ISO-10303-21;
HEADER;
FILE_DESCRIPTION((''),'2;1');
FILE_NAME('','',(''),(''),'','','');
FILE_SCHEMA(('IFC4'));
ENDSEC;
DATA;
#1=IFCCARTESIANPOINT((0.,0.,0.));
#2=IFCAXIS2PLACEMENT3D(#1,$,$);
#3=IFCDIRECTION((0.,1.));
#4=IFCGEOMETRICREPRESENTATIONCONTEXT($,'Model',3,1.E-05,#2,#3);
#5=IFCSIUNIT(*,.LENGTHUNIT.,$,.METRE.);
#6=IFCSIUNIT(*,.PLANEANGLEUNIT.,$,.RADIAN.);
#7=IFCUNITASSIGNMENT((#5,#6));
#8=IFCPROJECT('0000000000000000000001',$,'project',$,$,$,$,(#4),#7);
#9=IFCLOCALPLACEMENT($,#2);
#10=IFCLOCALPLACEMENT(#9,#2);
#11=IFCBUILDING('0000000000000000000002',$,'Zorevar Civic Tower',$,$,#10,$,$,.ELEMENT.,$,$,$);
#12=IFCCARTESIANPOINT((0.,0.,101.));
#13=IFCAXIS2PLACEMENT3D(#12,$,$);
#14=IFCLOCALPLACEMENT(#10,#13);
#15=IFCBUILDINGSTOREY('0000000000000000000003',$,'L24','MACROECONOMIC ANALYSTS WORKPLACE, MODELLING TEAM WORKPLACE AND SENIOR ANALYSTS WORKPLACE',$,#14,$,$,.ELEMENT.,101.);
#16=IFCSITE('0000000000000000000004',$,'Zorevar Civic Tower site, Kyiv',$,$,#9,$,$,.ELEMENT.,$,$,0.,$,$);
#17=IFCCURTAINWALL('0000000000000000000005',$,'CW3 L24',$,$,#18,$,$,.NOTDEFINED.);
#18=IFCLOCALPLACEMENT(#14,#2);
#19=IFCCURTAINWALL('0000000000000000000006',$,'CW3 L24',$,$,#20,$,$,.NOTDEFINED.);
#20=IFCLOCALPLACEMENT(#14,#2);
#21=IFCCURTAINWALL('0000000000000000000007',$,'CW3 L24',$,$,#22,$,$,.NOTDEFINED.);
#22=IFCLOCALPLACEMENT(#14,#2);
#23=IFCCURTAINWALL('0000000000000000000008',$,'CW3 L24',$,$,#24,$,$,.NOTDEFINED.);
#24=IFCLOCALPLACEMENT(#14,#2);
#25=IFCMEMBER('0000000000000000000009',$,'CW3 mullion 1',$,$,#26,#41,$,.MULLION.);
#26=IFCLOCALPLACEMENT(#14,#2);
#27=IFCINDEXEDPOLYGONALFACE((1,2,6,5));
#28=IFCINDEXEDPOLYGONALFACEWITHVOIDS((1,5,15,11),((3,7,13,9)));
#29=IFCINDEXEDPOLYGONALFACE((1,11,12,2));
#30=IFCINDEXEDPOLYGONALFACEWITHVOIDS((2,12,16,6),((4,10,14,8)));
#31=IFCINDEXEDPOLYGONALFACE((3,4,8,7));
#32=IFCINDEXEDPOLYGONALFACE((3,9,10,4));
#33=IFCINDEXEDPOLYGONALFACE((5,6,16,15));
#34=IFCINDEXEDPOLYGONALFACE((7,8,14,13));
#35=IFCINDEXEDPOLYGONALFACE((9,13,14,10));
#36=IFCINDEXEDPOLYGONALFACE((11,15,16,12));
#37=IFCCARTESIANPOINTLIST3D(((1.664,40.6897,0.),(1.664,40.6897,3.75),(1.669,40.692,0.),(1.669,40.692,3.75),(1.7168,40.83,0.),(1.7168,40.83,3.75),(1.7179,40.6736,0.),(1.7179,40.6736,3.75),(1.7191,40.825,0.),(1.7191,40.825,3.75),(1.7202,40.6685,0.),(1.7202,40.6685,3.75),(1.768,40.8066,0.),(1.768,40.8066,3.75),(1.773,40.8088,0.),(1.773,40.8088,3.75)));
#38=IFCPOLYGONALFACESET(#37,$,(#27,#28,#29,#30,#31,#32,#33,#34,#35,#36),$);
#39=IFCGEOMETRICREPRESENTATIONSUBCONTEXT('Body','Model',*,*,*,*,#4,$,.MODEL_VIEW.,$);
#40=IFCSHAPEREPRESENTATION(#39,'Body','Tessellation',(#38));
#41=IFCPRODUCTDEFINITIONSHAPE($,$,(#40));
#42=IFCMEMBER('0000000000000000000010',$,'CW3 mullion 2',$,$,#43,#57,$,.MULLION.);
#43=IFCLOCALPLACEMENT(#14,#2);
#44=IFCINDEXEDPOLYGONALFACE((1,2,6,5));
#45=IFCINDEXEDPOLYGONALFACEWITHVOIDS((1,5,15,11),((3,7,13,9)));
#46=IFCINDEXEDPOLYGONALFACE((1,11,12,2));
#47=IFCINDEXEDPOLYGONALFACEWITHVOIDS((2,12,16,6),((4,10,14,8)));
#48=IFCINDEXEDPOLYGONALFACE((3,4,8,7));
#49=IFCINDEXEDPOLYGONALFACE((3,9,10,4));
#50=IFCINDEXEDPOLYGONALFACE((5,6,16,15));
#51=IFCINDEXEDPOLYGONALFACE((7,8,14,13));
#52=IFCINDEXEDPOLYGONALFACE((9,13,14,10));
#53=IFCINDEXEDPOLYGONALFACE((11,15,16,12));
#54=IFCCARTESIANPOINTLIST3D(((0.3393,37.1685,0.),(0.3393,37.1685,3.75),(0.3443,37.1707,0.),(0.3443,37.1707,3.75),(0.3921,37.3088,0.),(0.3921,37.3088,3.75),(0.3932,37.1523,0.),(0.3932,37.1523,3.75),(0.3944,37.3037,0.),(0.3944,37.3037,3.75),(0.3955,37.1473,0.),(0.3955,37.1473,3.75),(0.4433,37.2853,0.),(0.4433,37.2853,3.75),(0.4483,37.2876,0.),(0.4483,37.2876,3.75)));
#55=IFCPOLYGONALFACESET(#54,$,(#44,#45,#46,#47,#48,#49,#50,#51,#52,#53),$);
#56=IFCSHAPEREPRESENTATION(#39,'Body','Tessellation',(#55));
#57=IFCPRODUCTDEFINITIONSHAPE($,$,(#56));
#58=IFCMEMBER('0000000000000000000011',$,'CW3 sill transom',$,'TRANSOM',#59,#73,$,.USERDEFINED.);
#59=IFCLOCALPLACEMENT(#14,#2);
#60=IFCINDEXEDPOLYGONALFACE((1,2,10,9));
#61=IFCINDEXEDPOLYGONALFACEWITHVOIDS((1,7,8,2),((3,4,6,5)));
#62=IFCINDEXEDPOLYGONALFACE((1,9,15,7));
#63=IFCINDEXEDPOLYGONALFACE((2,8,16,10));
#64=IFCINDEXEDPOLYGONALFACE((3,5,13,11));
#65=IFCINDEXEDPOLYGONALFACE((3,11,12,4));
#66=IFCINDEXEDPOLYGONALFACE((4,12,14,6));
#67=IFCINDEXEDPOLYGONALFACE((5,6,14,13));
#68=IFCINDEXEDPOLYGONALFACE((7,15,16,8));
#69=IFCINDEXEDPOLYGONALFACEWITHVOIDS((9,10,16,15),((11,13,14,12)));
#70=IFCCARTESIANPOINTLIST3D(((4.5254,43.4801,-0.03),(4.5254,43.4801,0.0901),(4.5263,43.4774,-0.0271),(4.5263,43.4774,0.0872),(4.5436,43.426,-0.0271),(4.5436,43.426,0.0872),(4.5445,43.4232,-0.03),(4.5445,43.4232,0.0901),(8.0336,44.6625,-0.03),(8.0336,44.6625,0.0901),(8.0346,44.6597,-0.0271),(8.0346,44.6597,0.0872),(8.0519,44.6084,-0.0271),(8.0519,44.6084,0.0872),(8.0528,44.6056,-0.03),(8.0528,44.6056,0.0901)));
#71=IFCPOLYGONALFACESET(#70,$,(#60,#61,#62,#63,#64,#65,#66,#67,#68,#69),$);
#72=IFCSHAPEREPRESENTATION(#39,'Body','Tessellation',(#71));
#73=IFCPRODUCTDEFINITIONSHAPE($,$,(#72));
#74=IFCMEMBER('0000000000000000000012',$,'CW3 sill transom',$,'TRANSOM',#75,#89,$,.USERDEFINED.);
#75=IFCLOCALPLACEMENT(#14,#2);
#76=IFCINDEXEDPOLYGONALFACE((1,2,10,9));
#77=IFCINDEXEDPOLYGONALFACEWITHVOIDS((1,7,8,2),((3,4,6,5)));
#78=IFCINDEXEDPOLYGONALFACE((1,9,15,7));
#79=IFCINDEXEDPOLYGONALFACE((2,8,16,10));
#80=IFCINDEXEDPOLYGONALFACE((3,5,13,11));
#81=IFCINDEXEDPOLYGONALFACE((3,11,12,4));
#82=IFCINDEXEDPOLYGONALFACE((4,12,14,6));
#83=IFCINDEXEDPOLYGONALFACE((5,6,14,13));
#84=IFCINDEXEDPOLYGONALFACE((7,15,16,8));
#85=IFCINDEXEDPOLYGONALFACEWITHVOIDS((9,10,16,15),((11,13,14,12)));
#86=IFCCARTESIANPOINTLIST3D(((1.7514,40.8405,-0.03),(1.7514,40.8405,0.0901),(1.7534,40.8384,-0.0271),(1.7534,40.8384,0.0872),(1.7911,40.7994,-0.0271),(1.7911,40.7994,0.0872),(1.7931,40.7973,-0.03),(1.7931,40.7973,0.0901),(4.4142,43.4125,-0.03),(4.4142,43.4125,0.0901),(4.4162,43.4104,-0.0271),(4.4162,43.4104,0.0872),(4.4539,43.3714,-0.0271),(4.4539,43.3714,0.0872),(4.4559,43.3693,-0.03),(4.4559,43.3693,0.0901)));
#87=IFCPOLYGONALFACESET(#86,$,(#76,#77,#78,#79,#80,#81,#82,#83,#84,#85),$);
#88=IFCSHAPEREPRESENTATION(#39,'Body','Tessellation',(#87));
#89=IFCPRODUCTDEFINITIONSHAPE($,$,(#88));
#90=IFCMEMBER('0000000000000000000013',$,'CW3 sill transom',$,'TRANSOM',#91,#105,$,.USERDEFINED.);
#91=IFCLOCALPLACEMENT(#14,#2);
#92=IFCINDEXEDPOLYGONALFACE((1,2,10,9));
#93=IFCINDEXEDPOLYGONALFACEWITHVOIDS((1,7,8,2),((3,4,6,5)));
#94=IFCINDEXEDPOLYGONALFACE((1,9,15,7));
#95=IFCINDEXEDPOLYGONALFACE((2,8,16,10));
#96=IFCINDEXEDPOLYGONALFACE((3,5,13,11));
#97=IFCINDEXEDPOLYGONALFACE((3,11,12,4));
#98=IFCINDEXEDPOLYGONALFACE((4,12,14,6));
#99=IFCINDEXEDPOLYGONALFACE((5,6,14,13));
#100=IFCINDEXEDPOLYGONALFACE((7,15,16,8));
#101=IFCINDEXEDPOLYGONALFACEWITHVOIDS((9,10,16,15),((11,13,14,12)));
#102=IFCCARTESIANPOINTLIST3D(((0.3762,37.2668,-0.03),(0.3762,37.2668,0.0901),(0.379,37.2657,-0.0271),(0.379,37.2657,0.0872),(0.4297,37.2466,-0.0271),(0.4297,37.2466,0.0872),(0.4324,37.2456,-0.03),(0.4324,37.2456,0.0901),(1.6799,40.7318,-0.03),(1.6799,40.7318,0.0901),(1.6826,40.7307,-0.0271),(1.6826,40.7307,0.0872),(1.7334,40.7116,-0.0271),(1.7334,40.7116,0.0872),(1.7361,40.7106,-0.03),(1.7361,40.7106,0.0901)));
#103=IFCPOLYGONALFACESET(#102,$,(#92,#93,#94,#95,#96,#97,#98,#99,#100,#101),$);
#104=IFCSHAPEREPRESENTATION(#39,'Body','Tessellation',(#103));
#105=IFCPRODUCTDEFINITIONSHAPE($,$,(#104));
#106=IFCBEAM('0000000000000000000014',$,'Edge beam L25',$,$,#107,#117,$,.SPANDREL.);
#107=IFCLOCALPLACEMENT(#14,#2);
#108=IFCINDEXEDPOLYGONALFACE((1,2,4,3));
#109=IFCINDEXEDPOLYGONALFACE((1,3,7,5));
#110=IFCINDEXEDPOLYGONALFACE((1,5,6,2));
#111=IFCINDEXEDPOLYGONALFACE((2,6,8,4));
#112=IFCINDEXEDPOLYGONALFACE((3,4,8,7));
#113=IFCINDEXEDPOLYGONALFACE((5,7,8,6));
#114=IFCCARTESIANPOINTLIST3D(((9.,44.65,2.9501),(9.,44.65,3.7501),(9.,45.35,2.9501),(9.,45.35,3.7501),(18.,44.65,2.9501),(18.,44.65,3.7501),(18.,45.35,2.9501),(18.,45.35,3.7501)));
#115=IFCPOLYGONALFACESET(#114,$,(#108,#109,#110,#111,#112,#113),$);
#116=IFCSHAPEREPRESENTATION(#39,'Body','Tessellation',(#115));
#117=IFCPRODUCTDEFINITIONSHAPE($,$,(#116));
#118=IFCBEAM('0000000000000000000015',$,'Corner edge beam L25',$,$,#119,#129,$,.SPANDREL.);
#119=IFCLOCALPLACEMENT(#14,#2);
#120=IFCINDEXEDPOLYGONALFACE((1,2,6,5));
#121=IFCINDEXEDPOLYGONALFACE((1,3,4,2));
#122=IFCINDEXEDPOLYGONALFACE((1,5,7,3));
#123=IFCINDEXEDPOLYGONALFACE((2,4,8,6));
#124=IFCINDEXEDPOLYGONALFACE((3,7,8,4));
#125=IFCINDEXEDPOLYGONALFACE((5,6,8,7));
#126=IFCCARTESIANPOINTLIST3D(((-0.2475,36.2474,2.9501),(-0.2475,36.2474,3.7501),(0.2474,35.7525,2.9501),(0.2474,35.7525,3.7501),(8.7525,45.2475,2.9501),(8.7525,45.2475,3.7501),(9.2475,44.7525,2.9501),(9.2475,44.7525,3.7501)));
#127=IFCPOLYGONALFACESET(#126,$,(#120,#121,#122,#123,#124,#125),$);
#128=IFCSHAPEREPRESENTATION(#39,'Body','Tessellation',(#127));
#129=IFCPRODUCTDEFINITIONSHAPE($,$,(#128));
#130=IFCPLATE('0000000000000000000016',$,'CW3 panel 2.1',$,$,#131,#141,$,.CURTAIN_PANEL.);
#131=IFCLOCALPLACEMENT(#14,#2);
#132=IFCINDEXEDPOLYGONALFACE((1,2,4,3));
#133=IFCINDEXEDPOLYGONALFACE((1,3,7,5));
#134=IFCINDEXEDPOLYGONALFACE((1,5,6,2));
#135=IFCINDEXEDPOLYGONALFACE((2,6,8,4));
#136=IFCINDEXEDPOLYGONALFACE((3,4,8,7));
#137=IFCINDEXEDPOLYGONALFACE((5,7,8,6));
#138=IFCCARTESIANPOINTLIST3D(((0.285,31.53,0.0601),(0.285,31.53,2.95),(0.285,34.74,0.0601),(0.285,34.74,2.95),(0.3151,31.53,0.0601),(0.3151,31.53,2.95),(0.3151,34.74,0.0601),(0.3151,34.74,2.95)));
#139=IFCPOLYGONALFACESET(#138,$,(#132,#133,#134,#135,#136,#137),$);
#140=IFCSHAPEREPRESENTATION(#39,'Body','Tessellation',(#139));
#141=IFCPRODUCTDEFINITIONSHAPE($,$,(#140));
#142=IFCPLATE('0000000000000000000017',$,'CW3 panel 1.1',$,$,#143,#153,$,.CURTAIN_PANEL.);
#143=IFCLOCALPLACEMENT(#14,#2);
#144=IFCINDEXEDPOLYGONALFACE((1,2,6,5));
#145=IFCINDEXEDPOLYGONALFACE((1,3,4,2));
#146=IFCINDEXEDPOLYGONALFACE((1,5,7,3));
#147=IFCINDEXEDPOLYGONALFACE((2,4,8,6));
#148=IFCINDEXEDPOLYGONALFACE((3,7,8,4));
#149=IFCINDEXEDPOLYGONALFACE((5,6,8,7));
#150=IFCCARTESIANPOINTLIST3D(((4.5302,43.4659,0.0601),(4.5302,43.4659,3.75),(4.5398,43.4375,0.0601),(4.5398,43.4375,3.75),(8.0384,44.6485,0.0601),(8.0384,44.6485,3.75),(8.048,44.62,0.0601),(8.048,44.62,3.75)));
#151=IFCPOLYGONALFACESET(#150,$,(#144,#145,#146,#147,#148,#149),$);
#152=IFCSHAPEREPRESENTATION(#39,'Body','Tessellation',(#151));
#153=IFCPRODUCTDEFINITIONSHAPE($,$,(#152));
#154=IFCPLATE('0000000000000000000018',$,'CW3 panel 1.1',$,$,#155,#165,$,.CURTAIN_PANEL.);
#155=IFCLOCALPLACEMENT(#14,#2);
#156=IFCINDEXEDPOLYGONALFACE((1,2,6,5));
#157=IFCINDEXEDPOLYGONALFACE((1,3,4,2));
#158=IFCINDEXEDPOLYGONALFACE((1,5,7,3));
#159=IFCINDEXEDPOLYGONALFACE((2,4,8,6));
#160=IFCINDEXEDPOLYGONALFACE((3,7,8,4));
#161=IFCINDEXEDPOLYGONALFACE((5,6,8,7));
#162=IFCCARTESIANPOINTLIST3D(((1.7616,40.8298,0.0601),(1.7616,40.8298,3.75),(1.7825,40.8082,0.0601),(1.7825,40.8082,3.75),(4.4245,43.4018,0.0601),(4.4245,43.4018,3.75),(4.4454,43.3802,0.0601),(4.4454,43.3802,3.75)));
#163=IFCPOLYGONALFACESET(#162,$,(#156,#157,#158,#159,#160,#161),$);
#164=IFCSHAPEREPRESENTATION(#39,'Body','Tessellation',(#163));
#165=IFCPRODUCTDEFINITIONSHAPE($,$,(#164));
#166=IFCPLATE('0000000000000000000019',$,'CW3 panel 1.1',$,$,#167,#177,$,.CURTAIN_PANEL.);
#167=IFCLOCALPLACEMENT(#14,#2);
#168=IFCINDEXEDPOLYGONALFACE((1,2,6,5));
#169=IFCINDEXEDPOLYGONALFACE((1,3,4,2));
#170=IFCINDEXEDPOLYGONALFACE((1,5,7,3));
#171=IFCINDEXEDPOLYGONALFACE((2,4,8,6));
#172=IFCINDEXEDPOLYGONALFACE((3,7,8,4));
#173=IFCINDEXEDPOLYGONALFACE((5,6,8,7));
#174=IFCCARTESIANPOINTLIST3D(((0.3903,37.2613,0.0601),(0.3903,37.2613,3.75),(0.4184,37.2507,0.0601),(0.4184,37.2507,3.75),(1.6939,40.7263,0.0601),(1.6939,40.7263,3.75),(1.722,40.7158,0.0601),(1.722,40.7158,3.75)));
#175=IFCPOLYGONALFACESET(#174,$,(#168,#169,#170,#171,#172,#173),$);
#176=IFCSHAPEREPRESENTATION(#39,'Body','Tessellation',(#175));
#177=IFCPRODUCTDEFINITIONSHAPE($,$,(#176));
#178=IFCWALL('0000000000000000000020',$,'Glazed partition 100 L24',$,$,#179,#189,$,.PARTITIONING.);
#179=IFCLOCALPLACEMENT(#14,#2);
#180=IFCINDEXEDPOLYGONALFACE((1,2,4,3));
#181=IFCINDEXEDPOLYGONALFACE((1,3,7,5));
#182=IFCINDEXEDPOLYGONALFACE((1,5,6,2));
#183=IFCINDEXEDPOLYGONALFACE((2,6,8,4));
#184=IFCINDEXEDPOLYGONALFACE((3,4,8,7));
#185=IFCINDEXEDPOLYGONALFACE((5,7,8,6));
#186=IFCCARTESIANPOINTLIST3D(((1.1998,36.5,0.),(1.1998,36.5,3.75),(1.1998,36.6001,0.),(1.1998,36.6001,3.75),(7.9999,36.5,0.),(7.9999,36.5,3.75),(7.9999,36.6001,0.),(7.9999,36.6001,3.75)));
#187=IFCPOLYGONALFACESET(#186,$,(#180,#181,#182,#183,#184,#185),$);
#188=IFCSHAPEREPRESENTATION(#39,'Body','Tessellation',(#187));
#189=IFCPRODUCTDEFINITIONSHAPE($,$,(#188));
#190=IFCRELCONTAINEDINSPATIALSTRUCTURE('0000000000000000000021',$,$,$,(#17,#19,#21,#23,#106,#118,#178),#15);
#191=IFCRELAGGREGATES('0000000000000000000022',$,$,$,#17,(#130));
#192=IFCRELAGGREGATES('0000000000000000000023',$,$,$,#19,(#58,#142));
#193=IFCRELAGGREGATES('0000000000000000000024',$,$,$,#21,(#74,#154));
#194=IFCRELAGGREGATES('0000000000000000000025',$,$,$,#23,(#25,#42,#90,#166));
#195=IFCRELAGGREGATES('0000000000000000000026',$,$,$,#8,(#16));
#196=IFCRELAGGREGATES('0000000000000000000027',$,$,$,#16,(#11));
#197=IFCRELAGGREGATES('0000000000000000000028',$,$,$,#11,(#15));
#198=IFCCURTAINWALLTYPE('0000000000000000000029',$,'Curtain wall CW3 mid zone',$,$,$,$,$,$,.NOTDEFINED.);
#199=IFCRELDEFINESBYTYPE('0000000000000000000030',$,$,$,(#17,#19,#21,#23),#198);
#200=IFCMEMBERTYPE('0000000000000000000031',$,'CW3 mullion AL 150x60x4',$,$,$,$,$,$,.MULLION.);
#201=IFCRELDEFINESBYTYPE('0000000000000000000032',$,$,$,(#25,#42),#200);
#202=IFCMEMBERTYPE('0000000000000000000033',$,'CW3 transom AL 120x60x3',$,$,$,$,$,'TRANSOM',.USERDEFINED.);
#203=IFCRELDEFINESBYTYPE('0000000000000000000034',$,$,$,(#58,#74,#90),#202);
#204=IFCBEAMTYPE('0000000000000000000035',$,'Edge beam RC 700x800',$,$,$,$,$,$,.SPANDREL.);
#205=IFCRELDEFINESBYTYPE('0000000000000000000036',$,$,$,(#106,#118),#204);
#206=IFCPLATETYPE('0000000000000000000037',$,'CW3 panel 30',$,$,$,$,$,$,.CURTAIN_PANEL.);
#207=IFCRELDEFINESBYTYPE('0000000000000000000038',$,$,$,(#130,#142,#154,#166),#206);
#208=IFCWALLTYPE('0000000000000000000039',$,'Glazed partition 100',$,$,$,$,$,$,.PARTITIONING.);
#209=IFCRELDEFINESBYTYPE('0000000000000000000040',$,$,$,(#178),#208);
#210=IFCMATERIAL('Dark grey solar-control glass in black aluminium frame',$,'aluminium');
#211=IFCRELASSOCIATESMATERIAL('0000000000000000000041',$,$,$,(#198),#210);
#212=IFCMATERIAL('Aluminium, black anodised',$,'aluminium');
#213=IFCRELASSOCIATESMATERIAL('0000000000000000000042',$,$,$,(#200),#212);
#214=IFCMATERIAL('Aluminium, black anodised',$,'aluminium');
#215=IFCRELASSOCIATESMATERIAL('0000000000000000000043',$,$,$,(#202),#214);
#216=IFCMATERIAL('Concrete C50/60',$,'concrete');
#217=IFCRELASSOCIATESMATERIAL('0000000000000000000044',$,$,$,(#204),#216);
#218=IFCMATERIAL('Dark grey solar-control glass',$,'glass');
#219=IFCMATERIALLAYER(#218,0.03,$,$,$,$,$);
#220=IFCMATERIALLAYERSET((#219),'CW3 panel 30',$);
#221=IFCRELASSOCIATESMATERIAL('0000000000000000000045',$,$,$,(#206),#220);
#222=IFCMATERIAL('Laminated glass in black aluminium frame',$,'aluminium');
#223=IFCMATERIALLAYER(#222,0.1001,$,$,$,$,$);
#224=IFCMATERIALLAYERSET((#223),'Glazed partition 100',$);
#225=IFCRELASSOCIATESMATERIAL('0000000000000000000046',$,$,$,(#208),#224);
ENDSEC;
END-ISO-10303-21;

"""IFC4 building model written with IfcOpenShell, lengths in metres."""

from ifc_helpers import new_model, si_unit, direction, frame, frame_2d, origin, origin_2d, place, context, subcontext, project, spatial, rectangle, hollow_rectangle, extrude, material, layer, layer_set, material_profile, profile_set, type_object, element, aggregate, save


model = new_model("IFC4")

# Units and contexts
model_context = context("Model", 3, precision=1e-05, world=origin(), true_north=direction((0.0, 1.0)))
body_context = subcontext(model_context, "Body", "Model", "MODEL_VIEW")
ifc_project = project(units=[si_unit("LENGTHUNIT", "METRE"), si_unit("PLANEANGLEUNIT", "RADIAN")], contexts=[model_context])

# Site, building, storey
site_placement = place(None, origin())
site = spatial("IfcSite", under=ifc_project, at=site_placement, Name="Zorevar Civic Tower site, Kyiv", CompositionType="ELEMENT", RefElevation=0.0)
building_placement = place(site_placement, origin())
building = spatial("IfcBuilding", under=site, at=building_placement, Name="Zorevar Civic Tower", CompositionType="ELEMENT")
storey_placement = place(building_placement, frame((0.0, 0.0, 101.0)))
storey = spatial("IfcBuildingStorey", under=building, at=storey_placement, Name="L24", Description="MACROECONOMIC ANALYSTS WORKPLACE, MODELLING TEAM WORKPLACE AND SENIOR ANALYSTS WORKPLACE", CompositionType="ELEMENT", Elevation=101.0)

# Curtain wall
ifc_material_1 = material(Name="Dark grey solar-control glass in black aluminium frame", Category="aluminium")
curtain_wall_type = type_object("IfcCurtainWallType", Name="Curtain wall CW3 mid zone", PredefinedType="NOTDEFINED", material=ifc_material_1)
curtain_wall_1_placement = place(storey_placement, origin())
curtain_wall_1 = element("IfcCurtainWall", 1, at=curtain_wall_1_placement, inside=storey, type_object=curtain_wall_type, Name="CW3 L24", PredefinedType="NOTDEFINED")
ifc_material_2 = material(Name="Aluminium, black anodised", Category="aluminium")
ifc_material_profile_1 = material_profile(ifc_material_2, hollow_rectangle(XDim=0.0601, YDim=0.1499, WallThickness=0.0039, at=origin_2d()), Name="AL 150x60x4")
ifc_profile_set_1 = profile_set([ifc_material_profile_1], Name="Aluminium, black anodised")
member_type_1 = type_object("IfcMemberType", Name="CW3 mullion AL 150x60x4", PredefinedType="MULLION", material=ifc_profile_set_1)

# Curtain walls, members
curtain_wall_2_placement = place(storey_placement, origin())
curtain_wall_2 = element("IfcCurtainWall", 2, at=curtain_wall_2_placement, inside=storey, type_object=curtain_wall_type, Name="CW3 L24", PredefinedType="NOTDEFINED")
curtain_wall_3_placement = place(storey_placement, origin())
curtain_wall_3 = element("IfcCurtainWall", 3, at=curtain_wall_3_placement, inside=storey, type_object=curtain_wall_type, Name="CW3 L24", PredefinedType="NOTDEFINED")
curtain_wall_4_placement = place(storey_placement, origin())
curtain_wall_4 = element("IfcCurtainWall", 4, at=curtain_wall_4_placement, inside=storey, type_object=curtain_wall_type, Name="CW3 L24", PredefinedType="NOTDEFINED")
member_1_placement = place(storey_placement, frame((1.7185, 40.7493, 0.0), z_axis=(0.0, 0.0, 1.0), x_axis=(0.935951, -0.352132, 0.0)))
member_1 = element("IfcMember", 5, at=member_1_placement, type_object=member_type_1, Name="CW3 mullion 1", PredefinedType="MULLION", context=body_context, shape_type="SweptSolid", body=[
    extrude(hollow_rectangle(XDim=0.0601, YDim=0.1499, WallThickness=0.0039, at=origin_2d()), origin(), (0.0, 0.0, 1.0), 3.75),
])
member_2_placement = place(storey_placement, frame((0.3938, 37.228, 0.0), z_axis=(0.0, 0.0, 1.0), x_axis=(0.935951, -0.352132, 0.0)))
member_2 = element("IfcMember", 6, at=member_2_placement, type_object=member_type_1, Name="CW3 mullion 2", PredefinedType="MULLION", context=body_context, shape_type="SweptSolid", body=[
    extrude(hollow_rectangle(XDim=0.0601, YDim=0.1499, WallThickness=0.0039, at=origin_2d()), origin(), (0.0, 0.0, 1.0), 3.75),
])

# Members
ifc_material_3 = material(Name="Aluminium, black anodised", Category="aluminium")
ifc_material_profile_2 = material_profile(ifc_material_3, hollow_rectangle(XDim=0.0601, YDim=0.1201, WallThickness=0.0029, at=origin_2d()), Name="AL 120x60x3")
ifc_profile_set_2 = profile_set([ifc_material_profile_2], Name="Aluminium, black anodised")
member_type_2 = type_object("IfcMemberType", Name="CW3 transom AL 120x60x3", ElementType="TRANSOM", PredefinedType="USERDEFINED", material=ifc_profile_set_2)
member_3_placement = place(storey_placement, frame((8.0432, 44.634, 0.03), z_axis=(-0.94763, -0.319372, 0.0), x_axis=(0.319372, -0.94763, 0.0)))
member_3 = element("IfcMember", 7, at=member_3_placement, type_object=member_type_2, Name="CW3 sill transom", ObjectType="TRANSOM", PredefinedType="USERDEFINED", context=body_context, shape_type="SweptSolid", body=[
    extrude(hollow_rectangle(XDim=0.0601, YDim=0.1201, WallThickness=0.0029, at=origin_2d()), origin(), (0.0, 0.0, 1.0), 3.7021),
])
member_4_placement = place(storey_placement, frame((4.4351, 43.3909, 0.03), z_axis=(-0.719266, -0.694735, 0.0), x_axis=(0.694735, -0.719266, 0.0)))
member_4 = element("IfcMember", 8, at=member_4_placement, type_object=member_type_2, Name="CW3 sill transom", ObjectType="TRANSOM", PredefinedType="USERDEFINED", context=body_context, shape_type="SweptSolid", body=[
    extrude(hollow_rectangle(XDim=0.0601, YDim=0.1201, WallThickness=0.0029, at=origin_2d()), origin(), (0.0, 0.0, 1.0), 3.7021),
])
member_5_placement = place(storey_placement, frame((1.708, 40.7212, 0.03), z_axis=(-0.352142, -0.935947, 0.0), x_axis=(0.935947, -0.352142, 0.0)))
member_5 = element("IfcMember", 9, at=member_5_placement, type_object=member_type_2, Name="CW3 sill transom", ObjectType="TRANSOM", PredefinedType="USERDEFINED", context=body_context, shape_type="SweptSolid", body=[
    extrude(hollow_rectangle(XDim=0.0601, YDim=0.1201, WallThickness=0.0029, at=origin_2d()), origin(), (0.0, 0.0, 1.0), 3.7021),
])

# Beams
ifc_material_4 = material(Name="Concrete C50/60", Category="concrete")
ifc_material_profile_3 = material_profile(ifc_material_4, rectangle(XDim=0.7, YDim=0.8, at=origin_2d()), Name="RC 700x800")
ifc_profile_set_3 = profile_set([ifc_material_profile_3], Name="Concrete C50/60")
beam_type_1 = type_object("IfcBeamType", Name="Edge beam RC 700x800", PredefinedType="SPANDREL", material=ifc_profile_set_3)
beam_1_placement = place(storey_placement, frame((9.0, 45.0, 3.3501), z_axis=(1.0, 0.0, 0.0), x_axis=(0.0, 1.0, 0.0)))
element("IfcBeam", 10, at=beam_1_placement, inside=storey, type_object=beam_type_1, Name="Edge beam L25", PredefinedType="SPANDREL", context=body_context, shape_type="SweptSolid", body=[
    extrude(rectangle(XDim=0.7, YDim=0.8, at=origin_2d()), origin(), (0.0, 0.0, 1.0), 9.0),
])
beam_2_placement = place(storey_placement, frame((9.0, 45.0, 3.3501), z_axis=(-0.707107, -0.707107, 0.0), x_axis=(0.707107, -0.707107, 0.0)))
element("IfcBeam", 11, at=beam_2_placement, inside=storey, type_object=beam_type_1, Name="Corner edge beam L25", PredefinedType="SPANDREL", context=body_context, shape_type="SweptSolid", body=[
    extrude(rectangle(XDim=0.7, YDim=0.8, at=origin_2d()), origin(), (0.0, 0.0, 1.0), 12.728),
])

# Plates
ifc_material_5 = material(Name="Dark grey solar-control glass", Category="glass")
ifc_layer_1 = layer(ifc_material_5, 0.03)
ifc_layer_set_1 = layer_set([ifc_layer_1], Name="CW3 panel 30")
plate_type = type_object("IfcPlateType", Name="CW3 panel 30", PredefinedType="CURTAIN_PANEL", material=ifc_layer_set_1)
plate_1_placement = place(storey_placement, frame((0.3, 33.135, 0.0601), z_axis=(0.0, 0.0, 1.0), x_axis=(0.0, 1.0, 0.0)))
plate_1 = element("IfcPlate", 12, at=plate_1_placement, type_object=plate_type, Name="CW3 panel 2.1", PredefinedType="CURTAIN_PANEL", context=body_context, shape_type="SweptSolid", body=[
    extrude(rectangle(XDim=3.21, YDim=0.03, at=origin_2d()), origin(), (0.0, 0.0, 1.0), 2.8899),
])
aggregate(curtain_wall_1, [plate_1])
plate_2_placement = place(storey_placement, frame((6.2891, 44.043, 0.0601), z_axis=(0.0, 0.0, 1.0), x_axis=(-0.947616, -0.319413, 0.0)))
plate_2 = element("IfcPlate", 13, at=plate_2_placement, type_object=plate_type, Name="CW3 panel 1.1", PredefinedType="CURTAIN_PANEL", context=body_context, shape_type="SweptSolid", body=[
    extrude(rectangle(XDim=3.7021, YDim=0.03, at=origin_2d()), origin(), (0.0, 0.0, 1.0), 3.6899),
])
aggregate(curtain_wall_2, [member_3, plate_2])
plate_3_placement = place(storey_placement, frame((3.1035, 42.105, 0.0601), z_axis=(0.0, 0.0, 1.0), x_axis=(-0.719281, -0.694719, 0.0)))
plate_3 = element("IfcPlate", 14, at=plate_3_placement, type_object=plate_type, Name="CW3 panel 1.1", PredefinedType="CURTAIN_PANEL", context=body_context, shape_type="SweptSolid", body=[
    extrude(rectangle(XDim=3.7021, YDim=0.03, at=origin_2d()), origin(), (0.0, 0.0, 1.0), 3.6899),
])
aggregate(curtain_wall_3, [member_4, plate_3])
plate_4_placement = place(storey_placement, frame((1.0562, 38.9885, 0.0601), z_axis=(0.0, 0.0, 1.0), x_axis=(-0.352132, -0.935951, 0.0)))
plate_4 = element("IfcPlate", 15, at=plate_4_placement, type_object=plate_type, Name="CW3 panel 1.1", PredefinedType="CURTAIN_PANEL", context=body_context, shape_type="SweptSolid", body=[
    extrude(rectangle(XDim=3.7021, YDim=0.03, at=origin_2d()), origin(), (0.0, 0.0, 1.0), 3.6899),
])
aggregate(curtain_wall_4, [member_1, member_2, member_5, plate_4])

# Wall
ifc_material_6 = material(Name="Laminated glass in black aluminium frame", Category="aluminium")
ifc_layer_2 = layer(ifc_material_6, 0.1001)
ifc_layer_set_2 = layer_set([ifc_layer_2], Name="Glazed partition 100")
wall_type_1 = type_object("IfcWallType", Name="Glazed partition 100", PredefinedType="PARTITIONING", material=ifc_layer_set_2)
wall_1_placement = place(storey_placement, frame((1.2, 36.55, 0.0), z_axis=(0.0, 0.0, 1.0), x_axis=(1.0, 0.0, 0.0)))
element("IfcWall", 16, at=wall_1_placement, inside=storey, type_object=wall_type_1, Name="Glazed partition 100 L24", PredefinedType="PARTITIONING", context=body_context, shape_type="SweptSolid", body=[
    extrude(rectangle(XDim=6.8, YDim=0.1001, at=frame_2d((3.3999, 0.0))), origin(), (0.0, 0.0, 1.0), 3.75),
])

save(model, "model.ifc")
